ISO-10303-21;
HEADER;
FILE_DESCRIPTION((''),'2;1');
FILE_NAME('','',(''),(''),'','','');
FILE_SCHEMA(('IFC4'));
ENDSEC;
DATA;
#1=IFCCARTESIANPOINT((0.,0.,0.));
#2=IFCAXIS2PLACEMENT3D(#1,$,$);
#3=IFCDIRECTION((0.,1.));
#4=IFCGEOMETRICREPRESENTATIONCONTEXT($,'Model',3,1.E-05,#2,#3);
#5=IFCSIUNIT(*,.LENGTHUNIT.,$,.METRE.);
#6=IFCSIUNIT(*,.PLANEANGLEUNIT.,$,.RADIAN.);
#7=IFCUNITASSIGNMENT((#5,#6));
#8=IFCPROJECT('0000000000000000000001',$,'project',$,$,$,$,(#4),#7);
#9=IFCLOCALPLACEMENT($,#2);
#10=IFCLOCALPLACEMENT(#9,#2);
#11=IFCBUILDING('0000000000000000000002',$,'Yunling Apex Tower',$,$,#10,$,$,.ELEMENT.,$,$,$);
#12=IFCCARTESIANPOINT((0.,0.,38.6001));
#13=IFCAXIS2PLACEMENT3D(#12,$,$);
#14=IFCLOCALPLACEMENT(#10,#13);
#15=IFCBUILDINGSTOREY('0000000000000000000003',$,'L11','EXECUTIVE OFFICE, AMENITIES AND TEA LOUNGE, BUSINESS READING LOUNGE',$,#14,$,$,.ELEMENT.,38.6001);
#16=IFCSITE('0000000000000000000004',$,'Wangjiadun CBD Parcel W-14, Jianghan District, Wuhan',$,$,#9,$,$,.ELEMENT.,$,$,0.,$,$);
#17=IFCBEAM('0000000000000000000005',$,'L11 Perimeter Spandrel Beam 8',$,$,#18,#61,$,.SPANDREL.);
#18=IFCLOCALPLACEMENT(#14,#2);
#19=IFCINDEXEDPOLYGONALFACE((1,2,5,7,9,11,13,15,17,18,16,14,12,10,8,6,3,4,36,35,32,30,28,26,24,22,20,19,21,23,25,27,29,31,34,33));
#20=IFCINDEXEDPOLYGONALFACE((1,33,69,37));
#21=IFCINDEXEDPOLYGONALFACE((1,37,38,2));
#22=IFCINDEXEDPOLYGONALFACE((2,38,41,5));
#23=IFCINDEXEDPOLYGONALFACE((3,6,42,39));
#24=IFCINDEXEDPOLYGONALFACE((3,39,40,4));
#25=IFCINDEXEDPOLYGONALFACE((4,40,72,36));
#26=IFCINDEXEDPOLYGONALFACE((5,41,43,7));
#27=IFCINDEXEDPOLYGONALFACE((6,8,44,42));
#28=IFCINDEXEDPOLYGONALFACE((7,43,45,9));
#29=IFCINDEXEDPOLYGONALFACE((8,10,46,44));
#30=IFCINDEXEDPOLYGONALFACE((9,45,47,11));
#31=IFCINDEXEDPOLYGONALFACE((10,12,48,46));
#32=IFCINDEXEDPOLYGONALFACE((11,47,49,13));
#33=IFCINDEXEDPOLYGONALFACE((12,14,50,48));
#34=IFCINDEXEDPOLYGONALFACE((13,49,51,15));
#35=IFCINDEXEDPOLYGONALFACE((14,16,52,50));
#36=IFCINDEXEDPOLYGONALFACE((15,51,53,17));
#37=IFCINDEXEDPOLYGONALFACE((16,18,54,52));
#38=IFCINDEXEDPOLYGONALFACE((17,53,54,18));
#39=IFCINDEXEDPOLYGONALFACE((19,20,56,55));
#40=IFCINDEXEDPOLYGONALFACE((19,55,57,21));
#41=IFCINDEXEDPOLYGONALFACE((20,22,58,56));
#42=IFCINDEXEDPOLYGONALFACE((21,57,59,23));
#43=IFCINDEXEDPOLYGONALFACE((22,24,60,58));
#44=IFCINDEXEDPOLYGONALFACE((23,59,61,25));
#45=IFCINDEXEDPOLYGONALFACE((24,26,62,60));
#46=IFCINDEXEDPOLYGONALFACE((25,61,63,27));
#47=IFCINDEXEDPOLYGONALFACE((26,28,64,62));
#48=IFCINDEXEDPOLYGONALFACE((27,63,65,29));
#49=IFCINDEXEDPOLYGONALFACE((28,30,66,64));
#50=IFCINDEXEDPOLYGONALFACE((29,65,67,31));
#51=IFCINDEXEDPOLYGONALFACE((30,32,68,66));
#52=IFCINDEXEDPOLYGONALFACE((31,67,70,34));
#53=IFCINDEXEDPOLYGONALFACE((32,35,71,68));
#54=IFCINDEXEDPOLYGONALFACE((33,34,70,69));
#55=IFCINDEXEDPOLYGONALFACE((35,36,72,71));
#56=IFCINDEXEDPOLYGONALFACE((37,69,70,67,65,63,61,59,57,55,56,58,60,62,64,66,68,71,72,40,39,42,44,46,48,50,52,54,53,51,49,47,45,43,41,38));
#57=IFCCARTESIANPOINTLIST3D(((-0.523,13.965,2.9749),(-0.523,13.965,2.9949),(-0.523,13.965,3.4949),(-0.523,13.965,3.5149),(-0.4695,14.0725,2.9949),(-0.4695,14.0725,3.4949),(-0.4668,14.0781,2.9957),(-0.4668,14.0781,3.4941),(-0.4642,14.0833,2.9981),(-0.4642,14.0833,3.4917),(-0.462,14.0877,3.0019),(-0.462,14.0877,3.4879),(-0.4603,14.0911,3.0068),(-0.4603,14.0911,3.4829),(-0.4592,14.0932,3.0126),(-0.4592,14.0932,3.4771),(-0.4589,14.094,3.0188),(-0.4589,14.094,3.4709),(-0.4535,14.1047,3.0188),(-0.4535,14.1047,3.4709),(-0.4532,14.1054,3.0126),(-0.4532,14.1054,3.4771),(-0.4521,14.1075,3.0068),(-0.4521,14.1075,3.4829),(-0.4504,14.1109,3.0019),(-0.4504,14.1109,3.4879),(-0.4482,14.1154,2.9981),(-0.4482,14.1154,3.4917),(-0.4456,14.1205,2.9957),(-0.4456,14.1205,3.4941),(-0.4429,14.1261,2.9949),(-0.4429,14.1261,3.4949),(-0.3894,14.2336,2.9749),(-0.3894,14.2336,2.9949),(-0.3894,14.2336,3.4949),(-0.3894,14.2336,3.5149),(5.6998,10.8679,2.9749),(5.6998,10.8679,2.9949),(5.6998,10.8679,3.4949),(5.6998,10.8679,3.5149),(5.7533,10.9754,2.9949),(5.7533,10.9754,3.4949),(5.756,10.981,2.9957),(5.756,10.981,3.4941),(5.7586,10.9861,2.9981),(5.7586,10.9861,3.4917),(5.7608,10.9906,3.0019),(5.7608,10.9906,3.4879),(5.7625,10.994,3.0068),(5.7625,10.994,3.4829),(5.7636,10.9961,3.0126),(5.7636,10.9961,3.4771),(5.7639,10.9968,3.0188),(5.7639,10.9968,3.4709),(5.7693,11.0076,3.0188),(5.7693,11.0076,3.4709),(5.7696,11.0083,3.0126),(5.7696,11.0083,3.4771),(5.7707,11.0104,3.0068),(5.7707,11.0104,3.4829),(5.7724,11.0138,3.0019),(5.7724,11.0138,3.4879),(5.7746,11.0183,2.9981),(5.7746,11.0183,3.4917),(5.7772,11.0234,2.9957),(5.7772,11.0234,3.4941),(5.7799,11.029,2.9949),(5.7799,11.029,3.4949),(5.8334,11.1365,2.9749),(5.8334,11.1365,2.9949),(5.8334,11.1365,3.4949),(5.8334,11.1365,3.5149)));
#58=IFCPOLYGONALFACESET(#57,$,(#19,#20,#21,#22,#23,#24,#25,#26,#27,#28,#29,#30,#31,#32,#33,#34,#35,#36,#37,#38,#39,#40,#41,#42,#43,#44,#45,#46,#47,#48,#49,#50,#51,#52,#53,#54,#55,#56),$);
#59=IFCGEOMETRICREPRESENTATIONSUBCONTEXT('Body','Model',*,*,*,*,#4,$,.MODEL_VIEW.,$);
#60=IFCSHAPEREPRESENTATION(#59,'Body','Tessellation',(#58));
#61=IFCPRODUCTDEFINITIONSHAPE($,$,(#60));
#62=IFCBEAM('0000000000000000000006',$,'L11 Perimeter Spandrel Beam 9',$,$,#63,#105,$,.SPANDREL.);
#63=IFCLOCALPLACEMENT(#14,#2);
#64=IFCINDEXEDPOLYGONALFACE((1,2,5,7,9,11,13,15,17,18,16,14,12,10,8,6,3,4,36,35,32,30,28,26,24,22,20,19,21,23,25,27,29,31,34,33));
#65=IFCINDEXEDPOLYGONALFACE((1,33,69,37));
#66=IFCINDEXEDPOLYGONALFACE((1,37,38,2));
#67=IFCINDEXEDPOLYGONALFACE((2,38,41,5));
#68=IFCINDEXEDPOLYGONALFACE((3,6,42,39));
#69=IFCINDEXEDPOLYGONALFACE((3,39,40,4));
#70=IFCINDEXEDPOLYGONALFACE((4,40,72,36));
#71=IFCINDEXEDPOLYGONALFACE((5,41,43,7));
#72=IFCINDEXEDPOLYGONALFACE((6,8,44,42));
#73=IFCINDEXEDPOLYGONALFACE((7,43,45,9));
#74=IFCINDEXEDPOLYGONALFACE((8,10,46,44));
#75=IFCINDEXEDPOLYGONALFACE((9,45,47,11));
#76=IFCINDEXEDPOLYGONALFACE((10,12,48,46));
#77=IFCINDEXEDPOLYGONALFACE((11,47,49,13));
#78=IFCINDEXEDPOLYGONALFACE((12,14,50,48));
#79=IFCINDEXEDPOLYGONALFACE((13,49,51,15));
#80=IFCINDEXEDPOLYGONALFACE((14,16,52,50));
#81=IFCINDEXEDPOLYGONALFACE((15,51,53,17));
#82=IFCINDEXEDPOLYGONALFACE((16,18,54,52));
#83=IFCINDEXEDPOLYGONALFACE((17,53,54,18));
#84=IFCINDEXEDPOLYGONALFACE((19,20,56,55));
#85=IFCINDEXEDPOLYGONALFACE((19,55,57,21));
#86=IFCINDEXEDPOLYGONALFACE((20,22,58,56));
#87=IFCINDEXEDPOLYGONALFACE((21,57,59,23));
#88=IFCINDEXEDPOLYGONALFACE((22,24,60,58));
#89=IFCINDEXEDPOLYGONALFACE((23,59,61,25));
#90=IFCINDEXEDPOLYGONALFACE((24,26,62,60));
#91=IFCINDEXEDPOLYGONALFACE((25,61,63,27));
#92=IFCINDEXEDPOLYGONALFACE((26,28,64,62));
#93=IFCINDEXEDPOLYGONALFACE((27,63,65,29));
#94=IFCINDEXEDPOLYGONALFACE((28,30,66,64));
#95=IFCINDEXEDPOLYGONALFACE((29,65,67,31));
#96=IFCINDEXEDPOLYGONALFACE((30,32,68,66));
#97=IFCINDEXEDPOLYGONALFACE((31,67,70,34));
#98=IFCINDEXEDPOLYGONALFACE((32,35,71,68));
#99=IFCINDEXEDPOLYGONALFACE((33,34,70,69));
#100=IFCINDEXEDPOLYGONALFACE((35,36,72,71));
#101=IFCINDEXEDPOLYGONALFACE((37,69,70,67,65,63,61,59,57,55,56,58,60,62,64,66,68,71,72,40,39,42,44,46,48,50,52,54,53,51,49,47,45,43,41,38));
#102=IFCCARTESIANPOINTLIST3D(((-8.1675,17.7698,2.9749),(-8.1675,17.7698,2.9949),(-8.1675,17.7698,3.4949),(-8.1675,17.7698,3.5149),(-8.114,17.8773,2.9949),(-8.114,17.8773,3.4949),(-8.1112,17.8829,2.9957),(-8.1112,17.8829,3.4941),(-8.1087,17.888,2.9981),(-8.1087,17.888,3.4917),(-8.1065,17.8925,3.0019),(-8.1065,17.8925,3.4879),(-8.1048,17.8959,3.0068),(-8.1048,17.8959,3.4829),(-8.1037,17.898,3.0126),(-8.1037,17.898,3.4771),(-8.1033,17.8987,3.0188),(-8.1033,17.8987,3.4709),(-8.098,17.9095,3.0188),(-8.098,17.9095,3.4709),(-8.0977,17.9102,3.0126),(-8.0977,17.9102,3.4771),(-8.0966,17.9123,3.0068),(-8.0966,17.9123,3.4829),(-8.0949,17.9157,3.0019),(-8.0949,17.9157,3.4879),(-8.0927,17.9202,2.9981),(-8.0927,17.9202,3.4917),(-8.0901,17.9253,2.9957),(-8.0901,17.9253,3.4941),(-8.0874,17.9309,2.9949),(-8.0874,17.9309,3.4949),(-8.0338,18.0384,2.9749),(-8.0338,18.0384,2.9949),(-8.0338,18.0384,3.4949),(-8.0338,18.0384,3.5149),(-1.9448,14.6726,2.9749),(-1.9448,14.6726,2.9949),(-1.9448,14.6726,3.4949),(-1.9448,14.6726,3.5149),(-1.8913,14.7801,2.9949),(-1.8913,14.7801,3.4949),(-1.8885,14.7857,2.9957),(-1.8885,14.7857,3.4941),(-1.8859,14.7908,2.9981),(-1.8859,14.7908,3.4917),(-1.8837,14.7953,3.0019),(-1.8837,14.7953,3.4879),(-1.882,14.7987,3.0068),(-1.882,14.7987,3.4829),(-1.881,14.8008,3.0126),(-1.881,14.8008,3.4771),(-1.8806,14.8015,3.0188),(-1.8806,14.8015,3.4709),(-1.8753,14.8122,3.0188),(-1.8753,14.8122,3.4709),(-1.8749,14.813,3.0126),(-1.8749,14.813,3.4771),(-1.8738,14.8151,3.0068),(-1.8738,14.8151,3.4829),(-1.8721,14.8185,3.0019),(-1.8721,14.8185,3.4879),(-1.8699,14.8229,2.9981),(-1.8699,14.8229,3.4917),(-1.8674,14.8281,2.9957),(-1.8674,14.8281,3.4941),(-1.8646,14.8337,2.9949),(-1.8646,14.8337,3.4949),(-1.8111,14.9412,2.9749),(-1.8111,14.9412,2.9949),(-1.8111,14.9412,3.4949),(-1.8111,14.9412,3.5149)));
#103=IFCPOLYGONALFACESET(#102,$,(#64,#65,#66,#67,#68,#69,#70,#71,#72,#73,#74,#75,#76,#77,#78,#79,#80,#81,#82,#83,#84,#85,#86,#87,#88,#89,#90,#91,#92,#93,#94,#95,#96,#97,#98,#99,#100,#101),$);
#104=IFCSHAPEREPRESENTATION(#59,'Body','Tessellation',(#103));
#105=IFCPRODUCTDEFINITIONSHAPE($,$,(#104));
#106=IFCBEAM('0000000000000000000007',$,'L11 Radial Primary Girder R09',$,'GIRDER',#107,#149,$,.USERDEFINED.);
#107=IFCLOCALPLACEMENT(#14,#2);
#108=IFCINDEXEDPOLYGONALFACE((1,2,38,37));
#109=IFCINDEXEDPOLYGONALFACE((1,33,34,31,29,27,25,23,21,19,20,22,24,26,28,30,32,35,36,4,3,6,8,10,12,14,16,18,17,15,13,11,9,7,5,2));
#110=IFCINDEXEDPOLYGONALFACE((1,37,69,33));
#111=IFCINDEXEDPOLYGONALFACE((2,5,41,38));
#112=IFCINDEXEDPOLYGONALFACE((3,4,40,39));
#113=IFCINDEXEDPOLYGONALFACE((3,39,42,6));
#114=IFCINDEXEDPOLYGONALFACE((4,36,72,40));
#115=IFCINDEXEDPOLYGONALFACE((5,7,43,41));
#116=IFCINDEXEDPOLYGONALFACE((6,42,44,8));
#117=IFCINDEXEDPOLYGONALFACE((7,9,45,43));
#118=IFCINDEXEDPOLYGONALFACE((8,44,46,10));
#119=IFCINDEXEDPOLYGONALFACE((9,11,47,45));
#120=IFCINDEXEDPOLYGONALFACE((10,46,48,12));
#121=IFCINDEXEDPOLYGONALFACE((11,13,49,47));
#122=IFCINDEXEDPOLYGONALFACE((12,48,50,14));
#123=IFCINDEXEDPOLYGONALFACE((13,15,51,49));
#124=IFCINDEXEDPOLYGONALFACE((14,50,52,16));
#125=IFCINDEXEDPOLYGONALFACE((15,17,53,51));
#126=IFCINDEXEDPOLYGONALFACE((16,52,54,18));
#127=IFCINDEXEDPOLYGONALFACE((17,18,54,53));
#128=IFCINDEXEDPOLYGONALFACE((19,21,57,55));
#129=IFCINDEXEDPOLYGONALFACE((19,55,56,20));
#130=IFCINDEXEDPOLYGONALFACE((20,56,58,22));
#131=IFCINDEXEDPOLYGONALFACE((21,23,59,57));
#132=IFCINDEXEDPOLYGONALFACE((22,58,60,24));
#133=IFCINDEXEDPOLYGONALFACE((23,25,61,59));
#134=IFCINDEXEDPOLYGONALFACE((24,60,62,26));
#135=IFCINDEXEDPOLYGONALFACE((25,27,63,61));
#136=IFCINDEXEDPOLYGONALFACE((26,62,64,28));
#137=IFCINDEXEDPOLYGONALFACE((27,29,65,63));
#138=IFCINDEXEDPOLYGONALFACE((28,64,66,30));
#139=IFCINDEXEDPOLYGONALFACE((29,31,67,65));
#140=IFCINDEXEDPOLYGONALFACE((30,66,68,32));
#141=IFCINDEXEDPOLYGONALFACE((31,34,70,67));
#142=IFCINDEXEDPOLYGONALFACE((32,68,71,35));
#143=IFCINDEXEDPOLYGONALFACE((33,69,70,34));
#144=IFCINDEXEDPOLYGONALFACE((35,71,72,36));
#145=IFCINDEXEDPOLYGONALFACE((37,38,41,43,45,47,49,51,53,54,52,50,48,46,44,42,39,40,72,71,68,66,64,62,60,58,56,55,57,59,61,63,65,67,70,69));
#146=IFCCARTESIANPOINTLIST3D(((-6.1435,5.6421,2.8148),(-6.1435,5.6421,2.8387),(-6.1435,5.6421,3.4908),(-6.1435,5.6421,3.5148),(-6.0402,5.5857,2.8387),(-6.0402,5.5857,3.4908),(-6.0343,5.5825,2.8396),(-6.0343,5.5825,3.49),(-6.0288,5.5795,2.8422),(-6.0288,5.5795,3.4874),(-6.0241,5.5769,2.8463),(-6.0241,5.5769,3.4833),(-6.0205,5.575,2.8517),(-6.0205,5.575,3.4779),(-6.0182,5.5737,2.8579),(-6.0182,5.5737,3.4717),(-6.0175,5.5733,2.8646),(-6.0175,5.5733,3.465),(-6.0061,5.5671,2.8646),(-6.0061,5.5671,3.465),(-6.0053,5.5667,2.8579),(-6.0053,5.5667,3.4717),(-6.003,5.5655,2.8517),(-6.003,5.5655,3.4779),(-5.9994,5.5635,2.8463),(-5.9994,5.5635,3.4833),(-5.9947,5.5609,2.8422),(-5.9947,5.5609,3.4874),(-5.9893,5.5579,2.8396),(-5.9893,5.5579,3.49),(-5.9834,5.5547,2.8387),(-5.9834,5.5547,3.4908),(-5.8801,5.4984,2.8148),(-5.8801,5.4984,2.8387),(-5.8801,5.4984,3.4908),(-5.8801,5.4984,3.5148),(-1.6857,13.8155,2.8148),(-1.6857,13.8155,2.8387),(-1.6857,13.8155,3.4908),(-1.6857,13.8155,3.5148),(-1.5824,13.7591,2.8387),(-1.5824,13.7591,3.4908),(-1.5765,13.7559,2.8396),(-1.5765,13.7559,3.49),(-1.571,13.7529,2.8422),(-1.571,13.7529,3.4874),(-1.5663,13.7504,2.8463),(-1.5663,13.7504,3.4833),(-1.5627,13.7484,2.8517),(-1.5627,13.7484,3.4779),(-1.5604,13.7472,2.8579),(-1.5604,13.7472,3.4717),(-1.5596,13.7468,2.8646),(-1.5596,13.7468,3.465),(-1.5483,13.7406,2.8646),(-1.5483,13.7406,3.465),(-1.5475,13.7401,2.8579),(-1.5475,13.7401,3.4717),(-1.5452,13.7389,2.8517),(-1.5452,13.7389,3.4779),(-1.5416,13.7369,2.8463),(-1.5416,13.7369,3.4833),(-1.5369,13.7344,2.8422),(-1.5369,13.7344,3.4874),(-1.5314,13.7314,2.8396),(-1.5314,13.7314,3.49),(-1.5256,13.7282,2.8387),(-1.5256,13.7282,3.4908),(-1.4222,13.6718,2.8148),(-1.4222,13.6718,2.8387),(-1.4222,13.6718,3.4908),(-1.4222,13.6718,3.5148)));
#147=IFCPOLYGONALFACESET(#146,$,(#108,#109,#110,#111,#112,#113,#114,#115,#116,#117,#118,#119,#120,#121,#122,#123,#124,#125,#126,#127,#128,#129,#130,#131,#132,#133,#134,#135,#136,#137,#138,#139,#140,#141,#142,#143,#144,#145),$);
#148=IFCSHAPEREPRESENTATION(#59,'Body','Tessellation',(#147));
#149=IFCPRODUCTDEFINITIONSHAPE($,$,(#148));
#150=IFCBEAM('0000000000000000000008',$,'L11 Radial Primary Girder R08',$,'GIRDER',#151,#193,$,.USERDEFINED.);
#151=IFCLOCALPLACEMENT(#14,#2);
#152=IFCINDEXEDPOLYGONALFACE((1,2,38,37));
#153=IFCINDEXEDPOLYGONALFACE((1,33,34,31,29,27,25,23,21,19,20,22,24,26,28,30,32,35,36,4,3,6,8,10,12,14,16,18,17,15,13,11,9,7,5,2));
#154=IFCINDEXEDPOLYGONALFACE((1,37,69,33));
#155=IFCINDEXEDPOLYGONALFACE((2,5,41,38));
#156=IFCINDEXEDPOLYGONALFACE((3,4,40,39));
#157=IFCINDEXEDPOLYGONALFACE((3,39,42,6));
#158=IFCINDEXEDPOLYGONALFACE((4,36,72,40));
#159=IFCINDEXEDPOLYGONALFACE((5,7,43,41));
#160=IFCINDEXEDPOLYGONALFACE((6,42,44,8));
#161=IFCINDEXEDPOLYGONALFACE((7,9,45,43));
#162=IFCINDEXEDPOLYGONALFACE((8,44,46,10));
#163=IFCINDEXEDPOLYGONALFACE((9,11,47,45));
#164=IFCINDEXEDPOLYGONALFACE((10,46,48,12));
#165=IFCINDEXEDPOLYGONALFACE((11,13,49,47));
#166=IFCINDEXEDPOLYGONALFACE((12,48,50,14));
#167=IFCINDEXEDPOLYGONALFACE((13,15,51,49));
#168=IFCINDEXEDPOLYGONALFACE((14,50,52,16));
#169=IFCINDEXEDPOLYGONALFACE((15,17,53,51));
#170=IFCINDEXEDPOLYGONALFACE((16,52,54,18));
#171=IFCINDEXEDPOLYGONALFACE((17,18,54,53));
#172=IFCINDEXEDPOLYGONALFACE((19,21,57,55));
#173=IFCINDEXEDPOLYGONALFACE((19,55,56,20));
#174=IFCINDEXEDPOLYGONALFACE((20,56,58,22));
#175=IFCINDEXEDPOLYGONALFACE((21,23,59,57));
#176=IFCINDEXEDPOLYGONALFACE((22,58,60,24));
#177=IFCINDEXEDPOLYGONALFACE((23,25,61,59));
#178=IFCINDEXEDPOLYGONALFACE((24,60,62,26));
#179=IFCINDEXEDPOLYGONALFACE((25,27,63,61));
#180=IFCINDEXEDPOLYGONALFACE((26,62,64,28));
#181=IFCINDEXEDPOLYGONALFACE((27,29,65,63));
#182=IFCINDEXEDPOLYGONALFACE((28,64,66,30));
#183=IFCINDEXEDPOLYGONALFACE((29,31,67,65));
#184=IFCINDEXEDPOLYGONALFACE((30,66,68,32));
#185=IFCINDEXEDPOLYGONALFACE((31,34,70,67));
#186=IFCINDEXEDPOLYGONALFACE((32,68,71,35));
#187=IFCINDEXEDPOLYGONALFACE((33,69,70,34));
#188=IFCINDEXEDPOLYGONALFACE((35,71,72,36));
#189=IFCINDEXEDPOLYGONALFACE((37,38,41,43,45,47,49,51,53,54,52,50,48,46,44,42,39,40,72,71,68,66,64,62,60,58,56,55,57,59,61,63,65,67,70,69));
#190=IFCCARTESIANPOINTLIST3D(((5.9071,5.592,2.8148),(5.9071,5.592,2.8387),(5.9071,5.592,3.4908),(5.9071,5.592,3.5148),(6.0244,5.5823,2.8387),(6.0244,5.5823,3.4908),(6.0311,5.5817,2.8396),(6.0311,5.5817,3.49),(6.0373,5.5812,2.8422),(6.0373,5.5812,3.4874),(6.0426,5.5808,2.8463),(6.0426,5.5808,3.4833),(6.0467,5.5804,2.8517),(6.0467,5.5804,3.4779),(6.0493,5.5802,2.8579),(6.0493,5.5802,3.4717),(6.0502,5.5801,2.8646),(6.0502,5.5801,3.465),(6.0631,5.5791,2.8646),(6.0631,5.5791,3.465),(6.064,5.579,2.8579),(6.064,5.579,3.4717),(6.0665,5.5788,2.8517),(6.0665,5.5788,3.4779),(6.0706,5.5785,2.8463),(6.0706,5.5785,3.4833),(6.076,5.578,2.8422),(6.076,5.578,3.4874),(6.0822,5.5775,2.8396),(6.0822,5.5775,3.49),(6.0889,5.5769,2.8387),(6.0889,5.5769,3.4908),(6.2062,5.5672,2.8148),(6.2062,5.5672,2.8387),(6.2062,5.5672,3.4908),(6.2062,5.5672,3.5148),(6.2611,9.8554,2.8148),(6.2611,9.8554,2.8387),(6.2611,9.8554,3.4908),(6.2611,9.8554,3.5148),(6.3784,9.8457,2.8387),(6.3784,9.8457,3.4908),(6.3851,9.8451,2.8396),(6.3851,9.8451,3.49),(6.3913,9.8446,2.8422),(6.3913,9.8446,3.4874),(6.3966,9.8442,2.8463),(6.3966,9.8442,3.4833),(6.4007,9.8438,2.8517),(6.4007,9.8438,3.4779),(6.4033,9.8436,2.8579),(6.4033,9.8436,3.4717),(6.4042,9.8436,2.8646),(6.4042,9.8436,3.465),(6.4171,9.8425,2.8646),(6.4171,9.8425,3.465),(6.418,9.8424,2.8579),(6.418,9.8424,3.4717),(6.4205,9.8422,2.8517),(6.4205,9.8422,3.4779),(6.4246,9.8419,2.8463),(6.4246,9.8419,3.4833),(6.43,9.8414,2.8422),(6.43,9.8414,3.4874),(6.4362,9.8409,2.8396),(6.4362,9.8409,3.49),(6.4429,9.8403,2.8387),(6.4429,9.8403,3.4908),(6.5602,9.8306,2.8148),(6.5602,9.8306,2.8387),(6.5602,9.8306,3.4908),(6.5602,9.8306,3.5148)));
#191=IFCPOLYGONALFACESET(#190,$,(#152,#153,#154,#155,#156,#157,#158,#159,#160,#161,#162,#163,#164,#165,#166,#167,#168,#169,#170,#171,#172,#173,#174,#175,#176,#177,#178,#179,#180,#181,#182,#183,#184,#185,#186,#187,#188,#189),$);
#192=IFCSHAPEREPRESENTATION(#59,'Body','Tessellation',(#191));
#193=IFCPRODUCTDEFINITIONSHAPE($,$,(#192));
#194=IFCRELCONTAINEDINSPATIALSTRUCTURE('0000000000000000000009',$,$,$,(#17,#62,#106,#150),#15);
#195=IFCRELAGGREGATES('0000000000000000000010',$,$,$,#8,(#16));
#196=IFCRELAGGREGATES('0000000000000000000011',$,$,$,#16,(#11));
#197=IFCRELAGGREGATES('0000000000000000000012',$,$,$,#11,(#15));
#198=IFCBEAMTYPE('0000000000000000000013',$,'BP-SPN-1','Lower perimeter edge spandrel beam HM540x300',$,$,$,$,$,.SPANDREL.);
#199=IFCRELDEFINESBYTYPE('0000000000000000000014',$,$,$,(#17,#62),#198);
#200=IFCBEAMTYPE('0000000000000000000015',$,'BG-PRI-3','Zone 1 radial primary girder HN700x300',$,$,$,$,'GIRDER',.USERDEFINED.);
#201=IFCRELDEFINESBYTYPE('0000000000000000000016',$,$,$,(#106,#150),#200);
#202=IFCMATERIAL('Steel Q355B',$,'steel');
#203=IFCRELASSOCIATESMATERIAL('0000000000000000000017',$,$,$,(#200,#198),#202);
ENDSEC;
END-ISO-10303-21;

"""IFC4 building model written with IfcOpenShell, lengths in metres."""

from ifc_helpers import new_model, si_unit, direction, frame, origin, origin_2d, place, context, subcontext, project, spatial, i_section, extrude, source, transform, mapped, material, material_profile, profile_set, type_object, element, save


model = new_model("IFC4")

# Units and contexts
model_context = context("Model", 3, precision=1e-05, world=origin(), true_north=direction((0.0, 1.0)))
body_context = subcontext(model_context, "Body", "Model", "MODEL_VIEW")
ifc_project = project(units=[si_unit("LENGTHUNIT", "METRE"), si_unit("PLANEANGLEUNIT", "RADIAN")], contexts=[model_context])

# Site, building, storey
site_placement = place(None, origin())
site = spatial("IfcSite", under=ifc_project, at=site_placement, Name="Wangjiadun CBD Parcel W-14, Jianghan District, Wuhan", CompositionType="ELEMENT", RefElevation=0.0)
building_placement = place(site_placement, origin())
building = spatial("IfcBuilding", under=site, at=building_placement, Name="Yunling Apex Tower", CompositionType="ELEMENT")
storey_placement = place(building_placement, frame((0.0, 0.0, 38.6001)))
storey = spatial("IfcBuildingStorey", under=building, at=storey_placement, Name="L11", Description="EXECUTIVE OFFICE, AMENITIES AND TEA LOUNGE, BUSINESS READING LOUNGE", CompositionType="ELEMENT", Elevation=38.6001)

# Beams
ifc_material_1 = material(Name="Steel Q355B", Category="steel")
ifc_material_profile_1 = material_profile(ifc_material_1, i_section(OverallWidth=0.3, OverallDepth=0.7, WebThickness=0.0129, FlangeThickness=0.0239, FilletRadius=0.0259, at=origin_2d()))
ifc_profile_set_1 = profile_set([ifc_material_profile_1], Name="Steel Q355B")
beam_type_1 = type_object("IfcBeamType", Name="BG-PRI-3", Description="Zone 1 radial primary girder HN700x300", ElementType="GIRDER", PredefinedType="USERDEFINED", material=ifc_profile_set_1)
ifc_material_profile_2 = material_profile(ifc_material_1, i_section(OverallWidth=0.3, OverallDepth=0.54, WebThickness=0.012, FlangeThickness=0.02, FilletRadius=0.0239, at=origin_2d()))
ifc_profile_set_2 = profile_set([ifc_material_profile_2], Name="Steel Q355B")
beam_type_2 = type_object("IfcBeamType", Name="BP-SPN-1", Description="Lower perimeter edge spandrel beam HM540x300", PredefinedType="SPANDREL", material=ifc_profile_set_2)
shared_shape_1 = source(origin(), body_context, "Body", "SweptSolid", [
    extrude(i_section(OverallWidth=0.3, OverallDepth=0.54, WebThickness=0.012, FlangeThickness=0.02, FilletRadius=0.0239, at=origin_2d()), origin(), (0.0, 0.0, 1.0), 6.9509),
])
for number, where, z_axis, x_axis, name in (
    (1, (5.7666, 11.0022, 3.2449), (-0.895248, 0.445569, 0.0), (-0.445569, -0.895248, 0.0), "L11 Perimeter Spandrel Beam 8"),
    (2, (-1.8779, 14.8069, 3.2449), (-0.895241, 0.445583, 0.0), (-0.445583, -0.895241, 0.0), "L11 Perimeter Spandrel Beam 9"),
):
    element("IfcBeam", number, at=place(storey_placement, frame(where, z_axis=z_axis, x_axis=x_axis)), inside=storey, type_object=beam_type_2, Name=name, PredefinedType="SPANDREL", context=body_context, shape_type="MappedRepresentation", body=[
        mapped(shared_shape_1, transform((0.0, 0.0, 0.0), scale=1.0)),
    ])
shared_shape_2 = source(origin(), body_context, "Body", "SweptSolid", [
    extrude(i_section(OverallWidth=0.3, OverallDepth=0.7, WebThickness=0.0129, FlangeThickness=0.0239, FilletRadius=0.0259, at=origin_2d()), origin(), (0.0, 0.0, 1.0), 9.3101),
])
beam_1_placement = place(storey_placement, frame((-1.554, 13.7437, 3.1648), z_axis=(-0.478817, -0.877915, 0.0), x_axis=(0.877915, -0.478817, 0.0)))
element("IfcBeam", 3, at=beam_1_placement, inside=storey, type_object=beam_type_1, Name="L11 Radial Primary Girder R09", ObjectType="GIRDER", PredefinedType="USERDEFINED", context=body_context, shape_type="MappedRepresentation", body=[
    mapped(shared_shape_2, transform((0.0, 0.0, 0.0), scale=1.0)),
])
shared_shape_3 = source(origin(), body_context, "Body", "SweptSolid", [
    extrude(i_section(OverallWidth=0.3, OverallDepth=0.7, WebThickness=0.0129, FlangeThickness=0.0239, FilletRadius=0.0259, at=origin_2d()), origin(), (0.0, 0.0, 1.0), 4.2781),
])
beam_2_placement = place(storey_placement, frame((6.4106, 9.843, 3.1648), z_axis=(-0.082748, -0.996571, 0.0), x_axis=(0.996571, -0.082748, 0.0)))
element("IfcBeam", 4, at=beam_2_placement, inside=storey, type_object=beam_type_1, Name="L11 Radial Primary Girder R08", ObjectType="GIRDER", PredefinedType="USERDEFINED", context=body_context, shape_type="MappedRepresentation", body=[
    mapped(shared_shape_3, transform((0.0, 0.0, 0.0), scale=1.0)),
])

save(model, "model.ifc")
